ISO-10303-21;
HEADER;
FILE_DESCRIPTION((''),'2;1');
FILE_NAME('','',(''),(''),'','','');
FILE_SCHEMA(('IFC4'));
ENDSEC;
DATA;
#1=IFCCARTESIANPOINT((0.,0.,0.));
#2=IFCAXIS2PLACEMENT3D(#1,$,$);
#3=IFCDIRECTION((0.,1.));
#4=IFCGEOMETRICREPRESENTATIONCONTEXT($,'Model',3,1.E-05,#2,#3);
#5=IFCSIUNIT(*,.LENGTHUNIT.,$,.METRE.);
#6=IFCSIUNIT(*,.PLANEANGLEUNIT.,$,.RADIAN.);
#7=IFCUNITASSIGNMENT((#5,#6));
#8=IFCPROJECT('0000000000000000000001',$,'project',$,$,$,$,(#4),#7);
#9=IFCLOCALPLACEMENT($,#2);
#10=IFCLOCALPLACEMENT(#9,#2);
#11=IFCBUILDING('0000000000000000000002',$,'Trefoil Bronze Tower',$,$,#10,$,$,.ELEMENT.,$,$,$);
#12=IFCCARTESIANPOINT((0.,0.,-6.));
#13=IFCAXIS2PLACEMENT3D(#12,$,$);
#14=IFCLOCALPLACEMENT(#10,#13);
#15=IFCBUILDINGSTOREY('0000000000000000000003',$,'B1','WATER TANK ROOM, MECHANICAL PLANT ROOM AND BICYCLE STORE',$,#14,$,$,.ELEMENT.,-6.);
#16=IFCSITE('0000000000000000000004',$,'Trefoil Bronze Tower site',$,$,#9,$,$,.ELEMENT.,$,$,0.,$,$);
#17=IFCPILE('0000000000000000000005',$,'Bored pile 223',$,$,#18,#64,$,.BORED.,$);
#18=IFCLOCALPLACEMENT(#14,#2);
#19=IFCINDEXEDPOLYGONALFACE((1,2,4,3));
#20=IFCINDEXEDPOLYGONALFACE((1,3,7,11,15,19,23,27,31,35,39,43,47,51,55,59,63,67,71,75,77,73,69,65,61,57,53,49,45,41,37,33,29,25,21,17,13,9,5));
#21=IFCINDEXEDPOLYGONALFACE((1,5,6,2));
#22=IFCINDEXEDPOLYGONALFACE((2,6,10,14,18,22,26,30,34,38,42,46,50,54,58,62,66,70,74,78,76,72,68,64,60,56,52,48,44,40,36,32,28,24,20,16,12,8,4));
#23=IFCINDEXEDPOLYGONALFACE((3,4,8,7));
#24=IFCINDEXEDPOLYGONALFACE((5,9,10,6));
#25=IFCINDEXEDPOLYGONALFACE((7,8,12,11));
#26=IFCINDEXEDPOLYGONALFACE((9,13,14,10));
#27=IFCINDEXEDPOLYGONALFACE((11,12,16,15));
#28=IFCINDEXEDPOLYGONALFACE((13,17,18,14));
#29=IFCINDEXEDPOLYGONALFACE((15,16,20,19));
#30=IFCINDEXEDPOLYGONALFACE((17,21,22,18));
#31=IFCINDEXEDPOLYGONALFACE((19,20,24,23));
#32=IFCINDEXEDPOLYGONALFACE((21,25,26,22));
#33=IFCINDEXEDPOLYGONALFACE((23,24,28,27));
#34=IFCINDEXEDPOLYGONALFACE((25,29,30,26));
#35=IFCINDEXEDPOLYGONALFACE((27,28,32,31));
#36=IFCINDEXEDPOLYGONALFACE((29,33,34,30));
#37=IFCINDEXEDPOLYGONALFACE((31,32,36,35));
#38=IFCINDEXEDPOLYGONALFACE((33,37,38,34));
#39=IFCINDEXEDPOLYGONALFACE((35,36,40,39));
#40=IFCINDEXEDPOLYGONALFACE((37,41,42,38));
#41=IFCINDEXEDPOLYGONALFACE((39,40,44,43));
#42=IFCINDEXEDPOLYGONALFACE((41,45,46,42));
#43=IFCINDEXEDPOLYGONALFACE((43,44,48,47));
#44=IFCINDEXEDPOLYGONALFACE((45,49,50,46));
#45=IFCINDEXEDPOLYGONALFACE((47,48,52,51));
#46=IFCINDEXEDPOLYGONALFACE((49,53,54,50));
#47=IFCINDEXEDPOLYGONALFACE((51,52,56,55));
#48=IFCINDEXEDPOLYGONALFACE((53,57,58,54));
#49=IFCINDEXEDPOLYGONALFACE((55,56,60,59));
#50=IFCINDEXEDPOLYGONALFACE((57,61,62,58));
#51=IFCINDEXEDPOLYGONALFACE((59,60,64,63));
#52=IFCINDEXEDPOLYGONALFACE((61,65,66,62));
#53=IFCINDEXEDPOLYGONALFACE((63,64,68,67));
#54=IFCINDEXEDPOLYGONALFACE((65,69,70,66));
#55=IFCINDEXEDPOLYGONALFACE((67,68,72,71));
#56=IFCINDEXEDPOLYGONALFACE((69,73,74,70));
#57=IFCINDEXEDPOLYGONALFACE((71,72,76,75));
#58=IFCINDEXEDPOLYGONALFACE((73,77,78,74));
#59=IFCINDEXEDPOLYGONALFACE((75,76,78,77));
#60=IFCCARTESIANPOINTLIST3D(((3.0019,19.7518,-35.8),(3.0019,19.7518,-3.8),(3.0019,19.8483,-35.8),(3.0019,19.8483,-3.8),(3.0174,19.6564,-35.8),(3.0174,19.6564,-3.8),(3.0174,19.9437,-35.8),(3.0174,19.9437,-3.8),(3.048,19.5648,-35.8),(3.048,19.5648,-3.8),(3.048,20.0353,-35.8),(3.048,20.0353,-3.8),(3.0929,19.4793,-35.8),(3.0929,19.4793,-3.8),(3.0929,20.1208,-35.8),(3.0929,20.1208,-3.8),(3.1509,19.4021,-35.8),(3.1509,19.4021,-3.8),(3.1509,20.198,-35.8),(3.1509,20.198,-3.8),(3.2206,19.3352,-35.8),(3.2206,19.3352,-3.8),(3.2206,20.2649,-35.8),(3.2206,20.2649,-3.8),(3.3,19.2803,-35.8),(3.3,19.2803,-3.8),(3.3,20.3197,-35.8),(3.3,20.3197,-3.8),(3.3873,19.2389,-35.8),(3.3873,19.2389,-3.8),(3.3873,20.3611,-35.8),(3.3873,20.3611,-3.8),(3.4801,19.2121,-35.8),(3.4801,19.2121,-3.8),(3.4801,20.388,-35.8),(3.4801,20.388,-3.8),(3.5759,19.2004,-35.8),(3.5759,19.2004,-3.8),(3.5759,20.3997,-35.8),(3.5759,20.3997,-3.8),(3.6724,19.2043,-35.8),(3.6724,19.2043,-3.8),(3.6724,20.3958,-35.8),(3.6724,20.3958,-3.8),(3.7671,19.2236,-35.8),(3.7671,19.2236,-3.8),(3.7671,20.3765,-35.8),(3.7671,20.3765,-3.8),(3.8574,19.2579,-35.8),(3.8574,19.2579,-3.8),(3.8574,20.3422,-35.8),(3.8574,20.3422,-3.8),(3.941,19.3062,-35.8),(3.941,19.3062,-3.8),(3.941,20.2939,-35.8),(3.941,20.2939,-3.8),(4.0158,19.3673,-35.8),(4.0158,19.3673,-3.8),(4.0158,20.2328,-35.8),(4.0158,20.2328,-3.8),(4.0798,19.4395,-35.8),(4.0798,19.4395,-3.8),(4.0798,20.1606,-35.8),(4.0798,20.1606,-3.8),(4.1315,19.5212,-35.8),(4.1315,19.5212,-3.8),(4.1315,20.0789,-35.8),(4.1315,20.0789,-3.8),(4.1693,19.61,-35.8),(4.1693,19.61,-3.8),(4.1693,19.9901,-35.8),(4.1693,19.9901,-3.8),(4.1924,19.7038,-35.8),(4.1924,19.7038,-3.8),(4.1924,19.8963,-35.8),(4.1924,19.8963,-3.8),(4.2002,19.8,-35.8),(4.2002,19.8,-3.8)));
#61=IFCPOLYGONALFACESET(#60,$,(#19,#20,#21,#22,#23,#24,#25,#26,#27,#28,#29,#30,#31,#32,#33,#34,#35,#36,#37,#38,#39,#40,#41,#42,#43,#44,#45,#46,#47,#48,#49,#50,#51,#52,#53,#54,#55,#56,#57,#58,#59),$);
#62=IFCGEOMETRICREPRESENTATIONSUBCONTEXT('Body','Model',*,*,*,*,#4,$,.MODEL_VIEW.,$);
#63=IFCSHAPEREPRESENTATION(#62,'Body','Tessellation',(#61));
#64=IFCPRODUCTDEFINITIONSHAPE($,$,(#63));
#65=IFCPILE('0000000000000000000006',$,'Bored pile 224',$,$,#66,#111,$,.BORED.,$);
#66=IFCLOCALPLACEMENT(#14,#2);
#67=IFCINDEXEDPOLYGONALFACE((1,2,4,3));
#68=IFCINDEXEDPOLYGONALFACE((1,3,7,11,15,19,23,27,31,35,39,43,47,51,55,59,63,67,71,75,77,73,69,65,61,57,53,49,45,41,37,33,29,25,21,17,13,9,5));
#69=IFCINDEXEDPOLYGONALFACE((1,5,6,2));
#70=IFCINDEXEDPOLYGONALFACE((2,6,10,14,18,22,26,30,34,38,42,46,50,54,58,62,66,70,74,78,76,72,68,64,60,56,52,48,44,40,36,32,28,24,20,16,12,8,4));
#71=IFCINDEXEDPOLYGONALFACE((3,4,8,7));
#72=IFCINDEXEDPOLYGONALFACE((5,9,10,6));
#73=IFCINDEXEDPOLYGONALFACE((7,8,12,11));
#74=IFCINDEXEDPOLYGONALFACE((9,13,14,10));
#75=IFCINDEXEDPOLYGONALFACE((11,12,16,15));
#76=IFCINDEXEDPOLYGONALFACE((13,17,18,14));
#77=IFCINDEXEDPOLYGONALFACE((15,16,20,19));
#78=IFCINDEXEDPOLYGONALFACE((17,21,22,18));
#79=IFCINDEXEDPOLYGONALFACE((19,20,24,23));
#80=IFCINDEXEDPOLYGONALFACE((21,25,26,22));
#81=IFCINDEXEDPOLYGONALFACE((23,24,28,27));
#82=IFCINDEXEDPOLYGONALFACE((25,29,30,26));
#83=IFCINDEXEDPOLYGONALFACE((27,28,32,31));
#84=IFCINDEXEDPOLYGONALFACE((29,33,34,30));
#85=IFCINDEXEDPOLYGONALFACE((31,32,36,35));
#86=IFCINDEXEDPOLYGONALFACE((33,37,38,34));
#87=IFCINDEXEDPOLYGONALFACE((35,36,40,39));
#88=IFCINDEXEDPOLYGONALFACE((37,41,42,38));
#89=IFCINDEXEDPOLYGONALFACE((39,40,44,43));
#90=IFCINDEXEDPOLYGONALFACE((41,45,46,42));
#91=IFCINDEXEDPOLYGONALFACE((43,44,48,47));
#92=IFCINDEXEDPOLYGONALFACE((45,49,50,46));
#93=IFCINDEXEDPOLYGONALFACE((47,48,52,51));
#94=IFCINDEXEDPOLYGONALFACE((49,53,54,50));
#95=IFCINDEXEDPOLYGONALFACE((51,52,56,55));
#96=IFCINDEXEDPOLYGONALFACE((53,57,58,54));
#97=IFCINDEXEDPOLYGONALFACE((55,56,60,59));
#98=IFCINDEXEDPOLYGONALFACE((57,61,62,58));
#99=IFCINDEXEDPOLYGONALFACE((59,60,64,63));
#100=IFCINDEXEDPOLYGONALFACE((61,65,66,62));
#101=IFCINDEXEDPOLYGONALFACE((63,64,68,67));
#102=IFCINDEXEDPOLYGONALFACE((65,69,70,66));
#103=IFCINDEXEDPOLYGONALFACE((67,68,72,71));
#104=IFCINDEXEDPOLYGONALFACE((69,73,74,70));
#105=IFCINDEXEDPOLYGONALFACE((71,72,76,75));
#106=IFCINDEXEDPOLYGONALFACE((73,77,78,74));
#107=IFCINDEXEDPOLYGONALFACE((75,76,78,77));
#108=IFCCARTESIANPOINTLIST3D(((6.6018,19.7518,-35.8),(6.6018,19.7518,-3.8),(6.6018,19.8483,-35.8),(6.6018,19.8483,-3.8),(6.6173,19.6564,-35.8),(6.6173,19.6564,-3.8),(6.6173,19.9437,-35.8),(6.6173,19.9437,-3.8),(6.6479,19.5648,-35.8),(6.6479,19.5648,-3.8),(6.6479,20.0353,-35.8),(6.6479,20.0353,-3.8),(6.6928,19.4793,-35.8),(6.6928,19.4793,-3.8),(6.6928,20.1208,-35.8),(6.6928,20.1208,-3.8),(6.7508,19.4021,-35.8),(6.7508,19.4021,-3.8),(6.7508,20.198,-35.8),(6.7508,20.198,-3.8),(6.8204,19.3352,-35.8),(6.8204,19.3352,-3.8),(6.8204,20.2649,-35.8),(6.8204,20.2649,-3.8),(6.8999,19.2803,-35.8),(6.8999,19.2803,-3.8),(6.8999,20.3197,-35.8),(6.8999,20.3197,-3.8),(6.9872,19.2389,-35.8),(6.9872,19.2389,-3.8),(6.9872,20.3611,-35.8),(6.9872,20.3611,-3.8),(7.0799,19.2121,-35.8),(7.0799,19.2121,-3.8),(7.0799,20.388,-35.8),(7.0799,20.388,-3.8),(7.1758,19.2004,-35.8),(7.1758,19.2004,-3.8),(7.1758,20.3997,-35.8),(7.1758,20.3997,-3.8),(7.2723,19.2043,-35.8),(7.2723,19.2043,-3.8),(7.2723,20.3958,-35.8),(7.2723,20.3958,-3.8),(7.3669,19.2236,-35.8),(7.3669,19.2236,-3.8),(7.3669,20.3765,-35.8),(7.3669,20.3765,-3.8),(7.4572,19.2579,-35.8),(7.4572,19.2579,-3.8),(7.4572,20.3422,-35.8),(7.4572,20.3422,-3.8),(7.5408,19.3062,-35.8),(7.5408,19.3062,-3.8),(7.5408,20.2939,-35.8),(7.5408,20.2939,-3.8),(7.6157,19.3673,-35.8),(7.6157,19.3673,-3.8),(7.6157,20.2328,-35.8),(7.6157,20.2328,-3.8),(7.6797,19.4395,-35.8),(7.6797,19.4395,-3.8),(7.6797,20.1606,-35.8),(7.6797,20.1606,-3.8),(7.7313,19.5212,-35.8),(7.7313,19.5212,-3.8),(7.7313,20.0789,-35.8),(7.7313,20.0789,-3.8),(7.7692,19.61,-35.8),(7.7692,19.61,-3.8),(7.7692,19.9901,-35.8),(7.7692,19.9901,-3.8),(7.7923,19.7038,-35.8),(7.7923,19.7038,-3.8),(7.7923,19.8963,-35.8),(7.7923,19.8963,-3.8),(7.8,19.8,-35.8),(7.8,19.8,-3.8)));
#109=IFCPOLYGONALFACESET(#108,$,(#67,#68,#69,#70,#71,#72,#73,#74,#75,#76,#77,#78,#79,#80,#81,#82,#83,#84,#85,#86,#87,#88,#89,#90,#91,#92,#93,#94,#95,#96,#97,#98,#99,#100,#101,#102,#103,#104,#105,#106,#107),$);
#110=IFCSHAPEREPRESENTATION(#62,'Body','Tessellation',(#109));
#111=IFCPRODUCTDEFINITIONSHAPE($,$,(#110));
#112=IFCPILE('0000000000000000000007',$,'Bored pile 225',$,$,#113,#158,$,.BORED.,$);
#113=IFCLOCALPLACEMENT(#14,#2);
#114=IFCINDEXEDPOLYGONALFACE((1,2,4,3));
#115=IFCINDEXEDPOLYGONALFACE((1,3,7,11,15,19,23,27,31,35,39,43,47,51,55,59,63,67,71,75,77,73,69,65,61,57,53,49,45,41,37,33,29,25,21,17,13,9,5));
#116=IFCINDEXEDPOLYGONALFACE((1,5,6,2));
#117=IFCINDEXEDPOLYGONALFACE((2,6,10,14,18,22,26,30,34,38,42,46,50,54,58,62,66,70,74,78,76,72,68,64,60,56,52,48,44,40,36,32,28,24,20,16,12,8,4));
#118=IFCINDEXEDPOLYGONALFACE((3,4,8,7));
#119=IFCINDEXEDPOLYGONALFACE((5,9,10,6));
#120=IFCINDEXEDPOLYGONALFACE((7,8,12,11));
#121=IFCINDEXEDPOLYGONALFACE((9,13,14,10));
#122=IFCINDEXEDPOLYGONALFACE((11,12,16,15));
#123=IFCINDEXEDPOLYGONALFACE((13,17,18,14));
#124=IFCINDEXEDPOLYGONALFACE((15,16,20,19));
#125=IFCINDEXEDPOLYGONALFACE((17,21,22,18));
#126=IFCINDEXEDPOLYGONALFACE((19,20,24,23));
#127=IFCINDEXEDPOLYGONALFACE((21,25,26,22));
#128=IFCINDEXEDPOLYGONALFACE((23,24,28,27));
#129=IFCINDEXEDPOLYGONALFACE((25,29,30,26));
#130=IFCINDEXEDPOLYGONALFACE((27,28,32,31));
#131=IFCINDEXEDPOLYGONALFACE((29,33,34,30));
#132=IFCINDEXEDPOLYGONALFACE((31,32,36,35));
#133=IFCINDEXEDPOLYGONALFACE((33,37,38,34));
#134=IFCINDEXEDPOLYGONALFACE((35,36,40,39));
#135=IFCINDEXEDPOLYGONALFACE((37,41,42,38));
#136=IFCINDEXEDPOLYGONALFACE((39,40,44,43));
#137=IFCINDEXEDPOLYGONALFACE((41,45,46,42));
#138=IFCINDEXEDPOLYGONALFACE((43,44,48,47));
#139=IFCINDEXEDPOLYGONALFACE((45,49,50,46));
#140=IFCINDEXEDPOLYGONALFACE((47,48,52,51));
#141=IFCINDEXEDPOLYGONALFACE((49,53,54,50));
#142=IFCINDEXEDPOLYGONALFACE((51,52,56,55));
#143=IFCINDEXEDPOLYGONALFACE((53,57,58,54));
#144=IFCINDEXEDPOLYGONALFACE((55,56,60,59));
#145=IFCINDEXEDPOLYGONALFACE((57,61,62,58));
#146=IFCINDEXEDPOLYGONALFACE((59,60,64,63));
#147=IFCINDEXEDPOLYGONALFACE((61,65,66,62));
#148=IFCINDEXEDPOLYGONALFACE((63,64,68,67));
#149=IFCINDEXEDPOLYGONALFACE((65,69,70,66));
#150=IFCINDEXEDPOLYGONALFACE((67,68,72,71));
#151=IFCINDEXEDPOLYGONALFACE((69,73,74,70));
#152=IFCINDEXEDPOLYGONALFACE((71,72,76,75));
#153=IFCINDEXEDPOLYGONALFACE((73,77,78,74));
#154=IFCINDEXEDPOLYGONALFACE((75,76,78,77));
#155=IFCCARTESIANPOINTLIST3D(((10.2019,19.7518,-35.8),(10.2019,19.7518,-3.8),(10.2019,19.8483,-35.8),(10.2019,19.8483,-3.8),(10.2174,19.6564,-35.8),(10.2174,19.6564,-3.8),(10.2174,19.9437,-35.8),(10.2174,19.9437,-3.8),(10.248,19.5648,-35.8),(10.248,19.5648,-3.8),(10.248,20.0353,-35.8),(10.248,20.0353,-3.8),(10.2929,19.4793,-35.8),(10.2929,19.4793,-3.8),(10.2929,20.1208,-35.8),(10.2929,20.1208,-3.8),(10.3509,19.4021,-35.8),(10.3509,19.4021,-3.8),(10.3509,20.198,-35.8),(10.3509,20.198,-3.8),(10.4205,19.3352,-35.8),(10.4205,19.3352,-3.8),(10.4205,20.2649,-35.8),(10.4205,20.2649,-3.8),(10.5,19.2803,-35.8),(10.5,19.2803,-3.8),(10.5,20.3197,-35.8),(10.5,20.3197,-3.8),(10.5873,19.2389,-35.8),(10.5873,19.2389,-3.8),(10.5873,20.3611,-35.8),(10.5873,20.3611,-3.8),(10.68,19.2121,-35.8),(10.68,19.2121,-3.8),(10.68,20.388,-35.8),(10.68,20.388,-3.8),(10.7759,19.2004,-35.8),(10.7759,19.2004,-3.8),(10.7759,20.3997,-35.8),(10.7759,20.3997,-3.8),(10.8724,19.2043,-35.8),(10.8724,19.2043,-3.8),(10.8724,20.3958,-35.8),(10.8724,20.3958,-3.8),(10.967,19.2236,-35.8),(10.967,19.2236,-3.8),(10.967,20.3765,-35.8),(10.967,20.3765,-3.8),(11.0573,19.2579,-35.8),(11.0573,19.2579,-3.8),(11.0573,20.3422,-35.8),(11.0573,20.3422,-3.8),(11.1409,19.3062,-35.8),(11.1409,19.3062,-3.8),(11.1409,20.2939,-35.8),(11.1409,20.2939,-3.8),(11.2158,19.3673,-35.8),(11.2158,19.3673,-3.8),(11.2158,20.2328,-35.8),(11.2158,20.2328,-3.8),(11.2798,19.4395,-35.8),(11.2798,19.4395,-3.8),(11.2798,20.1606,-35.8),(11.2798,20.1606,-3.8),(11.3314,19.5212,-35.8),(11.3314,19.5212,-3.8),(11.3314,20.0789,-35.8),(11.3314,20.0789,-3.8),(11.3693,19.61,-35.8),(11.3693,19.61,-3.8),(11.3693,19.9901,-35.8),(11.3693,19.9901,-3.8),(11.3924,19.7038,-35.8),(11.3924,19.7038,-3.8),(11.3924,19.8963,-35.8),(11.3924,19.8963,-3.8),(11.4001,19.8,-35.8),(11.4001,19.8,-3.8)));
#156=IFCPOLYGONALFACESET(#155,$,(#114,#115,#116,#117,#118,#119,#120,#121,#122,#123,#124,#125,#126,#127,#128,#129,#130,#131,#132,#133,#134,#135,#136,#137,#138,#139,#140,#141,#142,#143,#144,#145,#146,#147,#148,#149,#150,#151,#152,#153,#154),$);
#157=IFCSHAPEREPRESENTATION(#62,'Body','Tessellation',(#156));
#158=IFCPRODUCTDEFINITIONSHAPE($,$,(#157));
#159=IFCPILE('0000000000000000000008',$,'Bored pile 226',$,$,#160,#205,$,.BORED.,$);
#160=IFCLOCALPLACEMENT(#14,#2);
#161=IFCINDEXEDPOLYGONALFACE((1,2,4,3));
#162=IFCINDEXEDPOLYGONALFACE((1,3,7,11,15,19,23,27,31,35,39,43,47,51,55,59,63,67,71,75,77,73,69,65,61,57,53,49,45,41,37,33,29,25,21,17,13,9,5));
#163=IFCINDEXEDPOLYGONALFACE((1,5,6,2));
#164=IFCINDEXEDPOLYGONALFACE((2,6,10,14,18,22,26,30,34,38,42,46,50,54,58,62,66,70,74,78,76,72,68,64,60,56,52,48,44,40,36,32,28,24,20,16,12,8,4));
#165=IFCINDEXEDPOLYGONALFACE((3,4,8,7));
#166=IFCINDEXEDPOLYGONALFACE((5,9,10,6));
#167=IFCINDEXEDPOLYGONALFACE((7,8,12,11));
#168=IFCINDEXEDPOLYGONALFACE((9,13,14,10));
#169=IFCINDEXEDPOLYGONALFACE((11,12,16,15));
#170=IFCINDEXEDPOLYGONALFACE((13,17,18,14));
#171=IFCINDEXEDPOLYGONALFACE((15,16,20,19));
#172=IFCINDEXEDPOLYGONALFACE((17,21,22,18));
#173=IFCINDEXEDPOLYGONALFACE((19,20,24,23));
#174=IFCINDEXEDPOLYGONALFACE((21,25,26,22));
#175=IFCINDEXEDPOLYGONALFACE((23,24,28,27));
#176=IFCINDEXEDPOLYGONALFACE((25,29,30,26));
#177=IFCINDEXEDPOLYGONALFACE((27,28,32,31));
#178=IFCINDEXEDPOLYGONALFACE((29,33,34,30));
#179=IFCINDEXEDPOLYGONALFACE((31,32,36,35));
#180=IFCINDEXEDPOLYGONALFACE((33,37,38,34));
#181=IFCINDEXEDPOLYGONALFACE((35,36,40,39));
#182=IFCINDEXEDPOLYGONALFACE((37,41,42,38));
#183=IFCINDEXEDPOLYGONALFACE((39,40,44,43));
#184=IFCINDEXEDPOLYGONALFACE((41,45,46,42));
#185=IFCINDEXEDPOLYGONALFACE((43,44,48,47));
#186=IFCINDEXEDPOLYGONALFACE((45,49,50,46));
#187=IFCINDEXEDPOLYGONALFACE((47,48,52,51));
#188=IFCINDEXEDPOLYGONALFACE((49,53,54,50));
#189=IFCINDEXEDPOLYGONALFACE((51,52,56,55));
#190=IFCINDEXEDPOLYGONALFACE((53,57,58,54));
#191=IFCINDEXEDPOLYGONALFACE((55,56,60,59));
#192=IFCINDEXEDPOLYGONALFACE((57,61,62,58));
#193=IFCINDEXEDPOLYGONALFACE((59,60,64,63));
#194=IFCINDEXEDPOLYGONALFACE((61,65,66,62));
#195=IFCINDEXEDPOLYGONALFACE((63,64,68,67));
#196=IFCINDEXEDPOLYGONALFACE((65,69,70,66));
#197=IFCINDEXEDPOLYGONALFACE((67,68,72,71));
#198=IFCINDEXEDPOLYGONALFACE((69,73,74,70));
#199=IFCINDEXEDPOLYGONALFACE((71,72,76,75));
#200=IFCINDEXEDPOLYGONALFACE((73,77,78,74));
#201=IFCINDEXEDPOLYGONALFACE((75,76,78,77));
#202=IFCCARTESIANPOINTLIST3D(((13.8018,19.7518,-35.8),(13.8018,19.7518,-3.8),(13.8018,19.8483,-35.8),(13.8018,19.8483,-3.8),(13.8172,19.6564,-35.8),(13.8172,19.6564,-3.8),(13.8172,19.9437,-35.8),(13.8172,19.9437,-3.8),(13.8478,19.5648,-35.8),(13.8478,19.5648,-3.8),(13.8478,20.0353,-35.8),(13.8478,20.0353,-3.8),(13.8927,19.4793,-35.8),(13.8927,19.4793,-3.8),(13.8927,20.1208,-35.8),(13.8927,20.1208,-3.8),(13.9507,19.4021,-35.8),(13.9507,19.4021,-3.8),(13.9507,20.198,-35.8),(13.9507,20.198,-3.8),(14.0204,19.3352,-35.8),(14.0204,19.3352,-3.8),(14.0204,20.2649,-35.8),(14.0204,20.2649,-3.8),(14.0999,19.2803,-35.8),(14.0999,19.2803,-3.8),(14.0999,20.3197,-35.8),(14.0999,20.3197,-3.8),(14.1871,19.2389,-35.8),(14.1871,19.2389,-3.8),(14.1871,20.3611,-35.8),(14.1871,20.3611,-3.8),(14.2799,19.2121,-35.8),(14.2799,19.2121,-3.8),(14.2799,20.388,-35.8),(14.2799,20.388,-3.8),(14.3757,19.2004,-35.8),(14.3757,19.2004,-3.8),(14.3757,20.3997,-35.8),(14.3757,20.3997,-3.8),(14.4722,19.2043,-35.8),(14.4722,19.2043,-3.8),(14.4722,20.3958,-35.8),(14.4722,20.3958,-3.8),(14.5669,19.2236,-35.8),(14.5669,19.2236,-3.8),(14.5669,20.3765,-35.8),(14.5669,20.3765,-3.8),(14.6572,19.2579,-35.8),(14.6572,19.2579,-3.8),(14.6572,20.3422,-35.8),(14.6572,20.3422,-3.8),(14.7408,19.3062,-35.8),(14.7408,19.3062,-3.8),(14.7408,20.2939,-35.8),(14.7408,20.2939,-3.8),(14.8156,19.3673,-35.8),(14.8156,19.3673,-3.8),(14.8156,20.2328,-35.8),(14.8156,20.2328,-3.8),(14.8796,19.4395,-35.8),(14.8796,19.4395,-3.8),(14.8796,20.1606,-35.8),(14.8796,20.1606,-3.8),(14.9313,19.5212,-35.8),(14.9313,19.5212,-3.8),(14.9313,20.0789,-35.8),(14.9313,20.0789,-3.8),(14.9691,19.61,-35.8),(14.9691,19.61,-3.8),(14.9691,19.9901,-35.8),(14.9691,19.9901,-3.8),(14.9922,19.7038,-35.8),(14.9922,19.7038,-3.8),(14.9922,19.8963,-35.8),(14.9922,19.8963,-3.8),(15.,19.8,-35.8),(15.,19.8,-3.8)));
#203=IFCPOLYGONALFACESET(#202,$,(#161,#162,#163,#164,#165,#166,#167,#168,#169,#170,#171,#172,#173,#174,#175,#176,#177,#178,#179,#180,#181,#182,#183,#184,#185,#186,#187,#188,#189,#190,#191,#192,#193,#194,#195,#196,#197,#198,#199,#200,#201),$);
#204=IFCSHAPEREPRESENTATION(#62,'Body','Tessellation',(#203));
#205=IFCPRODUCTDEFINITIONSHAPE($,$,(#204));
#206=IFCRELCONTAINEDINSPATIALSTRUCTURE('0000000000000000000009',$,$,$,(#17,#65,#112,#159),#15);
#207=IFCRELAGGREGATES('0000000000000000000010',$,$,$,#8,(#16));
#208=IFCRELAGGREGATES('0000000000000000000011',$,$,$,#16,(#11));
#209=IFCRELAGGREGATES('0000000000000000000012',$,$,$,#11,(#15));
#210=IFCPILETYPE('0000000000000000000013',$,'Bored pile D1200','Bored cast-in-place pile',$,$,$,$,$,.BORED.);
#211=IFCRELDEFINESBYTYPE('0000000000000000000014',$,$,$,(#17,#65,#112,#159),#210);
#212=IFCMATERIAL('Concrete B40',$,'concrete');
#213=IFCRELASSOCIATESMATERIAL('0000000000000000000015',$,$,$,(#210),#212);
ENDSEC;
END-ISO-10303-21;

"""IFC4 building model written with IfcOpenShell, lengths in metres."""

from ifc_helpers import new_model, si_unit, direction, frame, origin, origin_2d, place, context, subcontext, project, spatial, circle, extrude, material, type_object, element, save


model = new_model("IFC4")

# Units and contexts
model_context = context("Model", 3, precision=1e-05, world=origin(), true_north=direction((0.0, 1.0)))
body_context = subcontext(model_context, "Body", "Model", "MODEL_VIEW")
ifc_project = project(units=[si_unit("LENGTHUNIT", "METRE"), si_unit("PLANEANGLEUNIT", "RADIAN")], contexts=[model_context])

# Site, building, storey
site_placement = place(None, origin())
site = spatial("IfcSite", under=ifc_project, at=site_placement, Name="Trefoil Bronze Tower site", CompositionType="ELEMENT", RefElevation=0.0)
building_placement = place(site_placement, origin())
building = spatial("IfcBuilding", under=site, at=building_placement, Name="Trefoil Bronze Tower", CompositionType="ELEMENT")
storey_placement = place(building_placement, frame((0.0, 0.0, -6.0)))
storey = spatial("IfcBuildingStorey", under=building, at=storey_placement, Name="B1", Description="WATER TANK ROOM, MECHANICAL PLANT ROOM AND BICYCLE STORE", CompositionType="ELEMENT", Elevation=-6.0)

# Piles
ifc_material_1 = material(Name="Concrete B40", Category="concrete")
pile_type = type_object("IfcPileType", Name="Bored pile D1200", Description="Bored cast-in-place pile", PredefinedType="BORED", material=ifc_material_1)
for number, where, z_axis, x_axis, name in (
    (1, (3.6001, 19.8, -3.8), (0.0, 0.0, -1.0), (1.0, 0.0, 0.0), "Bored pile 223"),
    (2, (7.2, 19.8, -3.8), (0.0, 0.0, -1.0), (1.0, 0.0, 0.0), "Bored pile 224"),
    (3, (10.8, 19.8, -3.8), (0.0, 0.0, -1.0), (1.0, 0.0, 0.0), "Bored pile 225"),
    (4, (14.3999, 19.8, -3.8), (0.0, 0.0, -1.0), (1.0, 0.0, 0.0), "Bored pile 226"),
):
    element("IfcPile", number, at=place(storey_placement, frame(where, z_axis=z_axis, x_axis=x_axis)), inside=storey, type_object=pile_type, Name=name, PredefinedType="BORED", context=body_context, shape_type="SweptSolid", body=[
        extrude(circle(Radius=0.6001, at=origin_2d()), origin(), (0.0, 0.0, 1.0), 32.0),
    ])

save(model, "model.ifc")
